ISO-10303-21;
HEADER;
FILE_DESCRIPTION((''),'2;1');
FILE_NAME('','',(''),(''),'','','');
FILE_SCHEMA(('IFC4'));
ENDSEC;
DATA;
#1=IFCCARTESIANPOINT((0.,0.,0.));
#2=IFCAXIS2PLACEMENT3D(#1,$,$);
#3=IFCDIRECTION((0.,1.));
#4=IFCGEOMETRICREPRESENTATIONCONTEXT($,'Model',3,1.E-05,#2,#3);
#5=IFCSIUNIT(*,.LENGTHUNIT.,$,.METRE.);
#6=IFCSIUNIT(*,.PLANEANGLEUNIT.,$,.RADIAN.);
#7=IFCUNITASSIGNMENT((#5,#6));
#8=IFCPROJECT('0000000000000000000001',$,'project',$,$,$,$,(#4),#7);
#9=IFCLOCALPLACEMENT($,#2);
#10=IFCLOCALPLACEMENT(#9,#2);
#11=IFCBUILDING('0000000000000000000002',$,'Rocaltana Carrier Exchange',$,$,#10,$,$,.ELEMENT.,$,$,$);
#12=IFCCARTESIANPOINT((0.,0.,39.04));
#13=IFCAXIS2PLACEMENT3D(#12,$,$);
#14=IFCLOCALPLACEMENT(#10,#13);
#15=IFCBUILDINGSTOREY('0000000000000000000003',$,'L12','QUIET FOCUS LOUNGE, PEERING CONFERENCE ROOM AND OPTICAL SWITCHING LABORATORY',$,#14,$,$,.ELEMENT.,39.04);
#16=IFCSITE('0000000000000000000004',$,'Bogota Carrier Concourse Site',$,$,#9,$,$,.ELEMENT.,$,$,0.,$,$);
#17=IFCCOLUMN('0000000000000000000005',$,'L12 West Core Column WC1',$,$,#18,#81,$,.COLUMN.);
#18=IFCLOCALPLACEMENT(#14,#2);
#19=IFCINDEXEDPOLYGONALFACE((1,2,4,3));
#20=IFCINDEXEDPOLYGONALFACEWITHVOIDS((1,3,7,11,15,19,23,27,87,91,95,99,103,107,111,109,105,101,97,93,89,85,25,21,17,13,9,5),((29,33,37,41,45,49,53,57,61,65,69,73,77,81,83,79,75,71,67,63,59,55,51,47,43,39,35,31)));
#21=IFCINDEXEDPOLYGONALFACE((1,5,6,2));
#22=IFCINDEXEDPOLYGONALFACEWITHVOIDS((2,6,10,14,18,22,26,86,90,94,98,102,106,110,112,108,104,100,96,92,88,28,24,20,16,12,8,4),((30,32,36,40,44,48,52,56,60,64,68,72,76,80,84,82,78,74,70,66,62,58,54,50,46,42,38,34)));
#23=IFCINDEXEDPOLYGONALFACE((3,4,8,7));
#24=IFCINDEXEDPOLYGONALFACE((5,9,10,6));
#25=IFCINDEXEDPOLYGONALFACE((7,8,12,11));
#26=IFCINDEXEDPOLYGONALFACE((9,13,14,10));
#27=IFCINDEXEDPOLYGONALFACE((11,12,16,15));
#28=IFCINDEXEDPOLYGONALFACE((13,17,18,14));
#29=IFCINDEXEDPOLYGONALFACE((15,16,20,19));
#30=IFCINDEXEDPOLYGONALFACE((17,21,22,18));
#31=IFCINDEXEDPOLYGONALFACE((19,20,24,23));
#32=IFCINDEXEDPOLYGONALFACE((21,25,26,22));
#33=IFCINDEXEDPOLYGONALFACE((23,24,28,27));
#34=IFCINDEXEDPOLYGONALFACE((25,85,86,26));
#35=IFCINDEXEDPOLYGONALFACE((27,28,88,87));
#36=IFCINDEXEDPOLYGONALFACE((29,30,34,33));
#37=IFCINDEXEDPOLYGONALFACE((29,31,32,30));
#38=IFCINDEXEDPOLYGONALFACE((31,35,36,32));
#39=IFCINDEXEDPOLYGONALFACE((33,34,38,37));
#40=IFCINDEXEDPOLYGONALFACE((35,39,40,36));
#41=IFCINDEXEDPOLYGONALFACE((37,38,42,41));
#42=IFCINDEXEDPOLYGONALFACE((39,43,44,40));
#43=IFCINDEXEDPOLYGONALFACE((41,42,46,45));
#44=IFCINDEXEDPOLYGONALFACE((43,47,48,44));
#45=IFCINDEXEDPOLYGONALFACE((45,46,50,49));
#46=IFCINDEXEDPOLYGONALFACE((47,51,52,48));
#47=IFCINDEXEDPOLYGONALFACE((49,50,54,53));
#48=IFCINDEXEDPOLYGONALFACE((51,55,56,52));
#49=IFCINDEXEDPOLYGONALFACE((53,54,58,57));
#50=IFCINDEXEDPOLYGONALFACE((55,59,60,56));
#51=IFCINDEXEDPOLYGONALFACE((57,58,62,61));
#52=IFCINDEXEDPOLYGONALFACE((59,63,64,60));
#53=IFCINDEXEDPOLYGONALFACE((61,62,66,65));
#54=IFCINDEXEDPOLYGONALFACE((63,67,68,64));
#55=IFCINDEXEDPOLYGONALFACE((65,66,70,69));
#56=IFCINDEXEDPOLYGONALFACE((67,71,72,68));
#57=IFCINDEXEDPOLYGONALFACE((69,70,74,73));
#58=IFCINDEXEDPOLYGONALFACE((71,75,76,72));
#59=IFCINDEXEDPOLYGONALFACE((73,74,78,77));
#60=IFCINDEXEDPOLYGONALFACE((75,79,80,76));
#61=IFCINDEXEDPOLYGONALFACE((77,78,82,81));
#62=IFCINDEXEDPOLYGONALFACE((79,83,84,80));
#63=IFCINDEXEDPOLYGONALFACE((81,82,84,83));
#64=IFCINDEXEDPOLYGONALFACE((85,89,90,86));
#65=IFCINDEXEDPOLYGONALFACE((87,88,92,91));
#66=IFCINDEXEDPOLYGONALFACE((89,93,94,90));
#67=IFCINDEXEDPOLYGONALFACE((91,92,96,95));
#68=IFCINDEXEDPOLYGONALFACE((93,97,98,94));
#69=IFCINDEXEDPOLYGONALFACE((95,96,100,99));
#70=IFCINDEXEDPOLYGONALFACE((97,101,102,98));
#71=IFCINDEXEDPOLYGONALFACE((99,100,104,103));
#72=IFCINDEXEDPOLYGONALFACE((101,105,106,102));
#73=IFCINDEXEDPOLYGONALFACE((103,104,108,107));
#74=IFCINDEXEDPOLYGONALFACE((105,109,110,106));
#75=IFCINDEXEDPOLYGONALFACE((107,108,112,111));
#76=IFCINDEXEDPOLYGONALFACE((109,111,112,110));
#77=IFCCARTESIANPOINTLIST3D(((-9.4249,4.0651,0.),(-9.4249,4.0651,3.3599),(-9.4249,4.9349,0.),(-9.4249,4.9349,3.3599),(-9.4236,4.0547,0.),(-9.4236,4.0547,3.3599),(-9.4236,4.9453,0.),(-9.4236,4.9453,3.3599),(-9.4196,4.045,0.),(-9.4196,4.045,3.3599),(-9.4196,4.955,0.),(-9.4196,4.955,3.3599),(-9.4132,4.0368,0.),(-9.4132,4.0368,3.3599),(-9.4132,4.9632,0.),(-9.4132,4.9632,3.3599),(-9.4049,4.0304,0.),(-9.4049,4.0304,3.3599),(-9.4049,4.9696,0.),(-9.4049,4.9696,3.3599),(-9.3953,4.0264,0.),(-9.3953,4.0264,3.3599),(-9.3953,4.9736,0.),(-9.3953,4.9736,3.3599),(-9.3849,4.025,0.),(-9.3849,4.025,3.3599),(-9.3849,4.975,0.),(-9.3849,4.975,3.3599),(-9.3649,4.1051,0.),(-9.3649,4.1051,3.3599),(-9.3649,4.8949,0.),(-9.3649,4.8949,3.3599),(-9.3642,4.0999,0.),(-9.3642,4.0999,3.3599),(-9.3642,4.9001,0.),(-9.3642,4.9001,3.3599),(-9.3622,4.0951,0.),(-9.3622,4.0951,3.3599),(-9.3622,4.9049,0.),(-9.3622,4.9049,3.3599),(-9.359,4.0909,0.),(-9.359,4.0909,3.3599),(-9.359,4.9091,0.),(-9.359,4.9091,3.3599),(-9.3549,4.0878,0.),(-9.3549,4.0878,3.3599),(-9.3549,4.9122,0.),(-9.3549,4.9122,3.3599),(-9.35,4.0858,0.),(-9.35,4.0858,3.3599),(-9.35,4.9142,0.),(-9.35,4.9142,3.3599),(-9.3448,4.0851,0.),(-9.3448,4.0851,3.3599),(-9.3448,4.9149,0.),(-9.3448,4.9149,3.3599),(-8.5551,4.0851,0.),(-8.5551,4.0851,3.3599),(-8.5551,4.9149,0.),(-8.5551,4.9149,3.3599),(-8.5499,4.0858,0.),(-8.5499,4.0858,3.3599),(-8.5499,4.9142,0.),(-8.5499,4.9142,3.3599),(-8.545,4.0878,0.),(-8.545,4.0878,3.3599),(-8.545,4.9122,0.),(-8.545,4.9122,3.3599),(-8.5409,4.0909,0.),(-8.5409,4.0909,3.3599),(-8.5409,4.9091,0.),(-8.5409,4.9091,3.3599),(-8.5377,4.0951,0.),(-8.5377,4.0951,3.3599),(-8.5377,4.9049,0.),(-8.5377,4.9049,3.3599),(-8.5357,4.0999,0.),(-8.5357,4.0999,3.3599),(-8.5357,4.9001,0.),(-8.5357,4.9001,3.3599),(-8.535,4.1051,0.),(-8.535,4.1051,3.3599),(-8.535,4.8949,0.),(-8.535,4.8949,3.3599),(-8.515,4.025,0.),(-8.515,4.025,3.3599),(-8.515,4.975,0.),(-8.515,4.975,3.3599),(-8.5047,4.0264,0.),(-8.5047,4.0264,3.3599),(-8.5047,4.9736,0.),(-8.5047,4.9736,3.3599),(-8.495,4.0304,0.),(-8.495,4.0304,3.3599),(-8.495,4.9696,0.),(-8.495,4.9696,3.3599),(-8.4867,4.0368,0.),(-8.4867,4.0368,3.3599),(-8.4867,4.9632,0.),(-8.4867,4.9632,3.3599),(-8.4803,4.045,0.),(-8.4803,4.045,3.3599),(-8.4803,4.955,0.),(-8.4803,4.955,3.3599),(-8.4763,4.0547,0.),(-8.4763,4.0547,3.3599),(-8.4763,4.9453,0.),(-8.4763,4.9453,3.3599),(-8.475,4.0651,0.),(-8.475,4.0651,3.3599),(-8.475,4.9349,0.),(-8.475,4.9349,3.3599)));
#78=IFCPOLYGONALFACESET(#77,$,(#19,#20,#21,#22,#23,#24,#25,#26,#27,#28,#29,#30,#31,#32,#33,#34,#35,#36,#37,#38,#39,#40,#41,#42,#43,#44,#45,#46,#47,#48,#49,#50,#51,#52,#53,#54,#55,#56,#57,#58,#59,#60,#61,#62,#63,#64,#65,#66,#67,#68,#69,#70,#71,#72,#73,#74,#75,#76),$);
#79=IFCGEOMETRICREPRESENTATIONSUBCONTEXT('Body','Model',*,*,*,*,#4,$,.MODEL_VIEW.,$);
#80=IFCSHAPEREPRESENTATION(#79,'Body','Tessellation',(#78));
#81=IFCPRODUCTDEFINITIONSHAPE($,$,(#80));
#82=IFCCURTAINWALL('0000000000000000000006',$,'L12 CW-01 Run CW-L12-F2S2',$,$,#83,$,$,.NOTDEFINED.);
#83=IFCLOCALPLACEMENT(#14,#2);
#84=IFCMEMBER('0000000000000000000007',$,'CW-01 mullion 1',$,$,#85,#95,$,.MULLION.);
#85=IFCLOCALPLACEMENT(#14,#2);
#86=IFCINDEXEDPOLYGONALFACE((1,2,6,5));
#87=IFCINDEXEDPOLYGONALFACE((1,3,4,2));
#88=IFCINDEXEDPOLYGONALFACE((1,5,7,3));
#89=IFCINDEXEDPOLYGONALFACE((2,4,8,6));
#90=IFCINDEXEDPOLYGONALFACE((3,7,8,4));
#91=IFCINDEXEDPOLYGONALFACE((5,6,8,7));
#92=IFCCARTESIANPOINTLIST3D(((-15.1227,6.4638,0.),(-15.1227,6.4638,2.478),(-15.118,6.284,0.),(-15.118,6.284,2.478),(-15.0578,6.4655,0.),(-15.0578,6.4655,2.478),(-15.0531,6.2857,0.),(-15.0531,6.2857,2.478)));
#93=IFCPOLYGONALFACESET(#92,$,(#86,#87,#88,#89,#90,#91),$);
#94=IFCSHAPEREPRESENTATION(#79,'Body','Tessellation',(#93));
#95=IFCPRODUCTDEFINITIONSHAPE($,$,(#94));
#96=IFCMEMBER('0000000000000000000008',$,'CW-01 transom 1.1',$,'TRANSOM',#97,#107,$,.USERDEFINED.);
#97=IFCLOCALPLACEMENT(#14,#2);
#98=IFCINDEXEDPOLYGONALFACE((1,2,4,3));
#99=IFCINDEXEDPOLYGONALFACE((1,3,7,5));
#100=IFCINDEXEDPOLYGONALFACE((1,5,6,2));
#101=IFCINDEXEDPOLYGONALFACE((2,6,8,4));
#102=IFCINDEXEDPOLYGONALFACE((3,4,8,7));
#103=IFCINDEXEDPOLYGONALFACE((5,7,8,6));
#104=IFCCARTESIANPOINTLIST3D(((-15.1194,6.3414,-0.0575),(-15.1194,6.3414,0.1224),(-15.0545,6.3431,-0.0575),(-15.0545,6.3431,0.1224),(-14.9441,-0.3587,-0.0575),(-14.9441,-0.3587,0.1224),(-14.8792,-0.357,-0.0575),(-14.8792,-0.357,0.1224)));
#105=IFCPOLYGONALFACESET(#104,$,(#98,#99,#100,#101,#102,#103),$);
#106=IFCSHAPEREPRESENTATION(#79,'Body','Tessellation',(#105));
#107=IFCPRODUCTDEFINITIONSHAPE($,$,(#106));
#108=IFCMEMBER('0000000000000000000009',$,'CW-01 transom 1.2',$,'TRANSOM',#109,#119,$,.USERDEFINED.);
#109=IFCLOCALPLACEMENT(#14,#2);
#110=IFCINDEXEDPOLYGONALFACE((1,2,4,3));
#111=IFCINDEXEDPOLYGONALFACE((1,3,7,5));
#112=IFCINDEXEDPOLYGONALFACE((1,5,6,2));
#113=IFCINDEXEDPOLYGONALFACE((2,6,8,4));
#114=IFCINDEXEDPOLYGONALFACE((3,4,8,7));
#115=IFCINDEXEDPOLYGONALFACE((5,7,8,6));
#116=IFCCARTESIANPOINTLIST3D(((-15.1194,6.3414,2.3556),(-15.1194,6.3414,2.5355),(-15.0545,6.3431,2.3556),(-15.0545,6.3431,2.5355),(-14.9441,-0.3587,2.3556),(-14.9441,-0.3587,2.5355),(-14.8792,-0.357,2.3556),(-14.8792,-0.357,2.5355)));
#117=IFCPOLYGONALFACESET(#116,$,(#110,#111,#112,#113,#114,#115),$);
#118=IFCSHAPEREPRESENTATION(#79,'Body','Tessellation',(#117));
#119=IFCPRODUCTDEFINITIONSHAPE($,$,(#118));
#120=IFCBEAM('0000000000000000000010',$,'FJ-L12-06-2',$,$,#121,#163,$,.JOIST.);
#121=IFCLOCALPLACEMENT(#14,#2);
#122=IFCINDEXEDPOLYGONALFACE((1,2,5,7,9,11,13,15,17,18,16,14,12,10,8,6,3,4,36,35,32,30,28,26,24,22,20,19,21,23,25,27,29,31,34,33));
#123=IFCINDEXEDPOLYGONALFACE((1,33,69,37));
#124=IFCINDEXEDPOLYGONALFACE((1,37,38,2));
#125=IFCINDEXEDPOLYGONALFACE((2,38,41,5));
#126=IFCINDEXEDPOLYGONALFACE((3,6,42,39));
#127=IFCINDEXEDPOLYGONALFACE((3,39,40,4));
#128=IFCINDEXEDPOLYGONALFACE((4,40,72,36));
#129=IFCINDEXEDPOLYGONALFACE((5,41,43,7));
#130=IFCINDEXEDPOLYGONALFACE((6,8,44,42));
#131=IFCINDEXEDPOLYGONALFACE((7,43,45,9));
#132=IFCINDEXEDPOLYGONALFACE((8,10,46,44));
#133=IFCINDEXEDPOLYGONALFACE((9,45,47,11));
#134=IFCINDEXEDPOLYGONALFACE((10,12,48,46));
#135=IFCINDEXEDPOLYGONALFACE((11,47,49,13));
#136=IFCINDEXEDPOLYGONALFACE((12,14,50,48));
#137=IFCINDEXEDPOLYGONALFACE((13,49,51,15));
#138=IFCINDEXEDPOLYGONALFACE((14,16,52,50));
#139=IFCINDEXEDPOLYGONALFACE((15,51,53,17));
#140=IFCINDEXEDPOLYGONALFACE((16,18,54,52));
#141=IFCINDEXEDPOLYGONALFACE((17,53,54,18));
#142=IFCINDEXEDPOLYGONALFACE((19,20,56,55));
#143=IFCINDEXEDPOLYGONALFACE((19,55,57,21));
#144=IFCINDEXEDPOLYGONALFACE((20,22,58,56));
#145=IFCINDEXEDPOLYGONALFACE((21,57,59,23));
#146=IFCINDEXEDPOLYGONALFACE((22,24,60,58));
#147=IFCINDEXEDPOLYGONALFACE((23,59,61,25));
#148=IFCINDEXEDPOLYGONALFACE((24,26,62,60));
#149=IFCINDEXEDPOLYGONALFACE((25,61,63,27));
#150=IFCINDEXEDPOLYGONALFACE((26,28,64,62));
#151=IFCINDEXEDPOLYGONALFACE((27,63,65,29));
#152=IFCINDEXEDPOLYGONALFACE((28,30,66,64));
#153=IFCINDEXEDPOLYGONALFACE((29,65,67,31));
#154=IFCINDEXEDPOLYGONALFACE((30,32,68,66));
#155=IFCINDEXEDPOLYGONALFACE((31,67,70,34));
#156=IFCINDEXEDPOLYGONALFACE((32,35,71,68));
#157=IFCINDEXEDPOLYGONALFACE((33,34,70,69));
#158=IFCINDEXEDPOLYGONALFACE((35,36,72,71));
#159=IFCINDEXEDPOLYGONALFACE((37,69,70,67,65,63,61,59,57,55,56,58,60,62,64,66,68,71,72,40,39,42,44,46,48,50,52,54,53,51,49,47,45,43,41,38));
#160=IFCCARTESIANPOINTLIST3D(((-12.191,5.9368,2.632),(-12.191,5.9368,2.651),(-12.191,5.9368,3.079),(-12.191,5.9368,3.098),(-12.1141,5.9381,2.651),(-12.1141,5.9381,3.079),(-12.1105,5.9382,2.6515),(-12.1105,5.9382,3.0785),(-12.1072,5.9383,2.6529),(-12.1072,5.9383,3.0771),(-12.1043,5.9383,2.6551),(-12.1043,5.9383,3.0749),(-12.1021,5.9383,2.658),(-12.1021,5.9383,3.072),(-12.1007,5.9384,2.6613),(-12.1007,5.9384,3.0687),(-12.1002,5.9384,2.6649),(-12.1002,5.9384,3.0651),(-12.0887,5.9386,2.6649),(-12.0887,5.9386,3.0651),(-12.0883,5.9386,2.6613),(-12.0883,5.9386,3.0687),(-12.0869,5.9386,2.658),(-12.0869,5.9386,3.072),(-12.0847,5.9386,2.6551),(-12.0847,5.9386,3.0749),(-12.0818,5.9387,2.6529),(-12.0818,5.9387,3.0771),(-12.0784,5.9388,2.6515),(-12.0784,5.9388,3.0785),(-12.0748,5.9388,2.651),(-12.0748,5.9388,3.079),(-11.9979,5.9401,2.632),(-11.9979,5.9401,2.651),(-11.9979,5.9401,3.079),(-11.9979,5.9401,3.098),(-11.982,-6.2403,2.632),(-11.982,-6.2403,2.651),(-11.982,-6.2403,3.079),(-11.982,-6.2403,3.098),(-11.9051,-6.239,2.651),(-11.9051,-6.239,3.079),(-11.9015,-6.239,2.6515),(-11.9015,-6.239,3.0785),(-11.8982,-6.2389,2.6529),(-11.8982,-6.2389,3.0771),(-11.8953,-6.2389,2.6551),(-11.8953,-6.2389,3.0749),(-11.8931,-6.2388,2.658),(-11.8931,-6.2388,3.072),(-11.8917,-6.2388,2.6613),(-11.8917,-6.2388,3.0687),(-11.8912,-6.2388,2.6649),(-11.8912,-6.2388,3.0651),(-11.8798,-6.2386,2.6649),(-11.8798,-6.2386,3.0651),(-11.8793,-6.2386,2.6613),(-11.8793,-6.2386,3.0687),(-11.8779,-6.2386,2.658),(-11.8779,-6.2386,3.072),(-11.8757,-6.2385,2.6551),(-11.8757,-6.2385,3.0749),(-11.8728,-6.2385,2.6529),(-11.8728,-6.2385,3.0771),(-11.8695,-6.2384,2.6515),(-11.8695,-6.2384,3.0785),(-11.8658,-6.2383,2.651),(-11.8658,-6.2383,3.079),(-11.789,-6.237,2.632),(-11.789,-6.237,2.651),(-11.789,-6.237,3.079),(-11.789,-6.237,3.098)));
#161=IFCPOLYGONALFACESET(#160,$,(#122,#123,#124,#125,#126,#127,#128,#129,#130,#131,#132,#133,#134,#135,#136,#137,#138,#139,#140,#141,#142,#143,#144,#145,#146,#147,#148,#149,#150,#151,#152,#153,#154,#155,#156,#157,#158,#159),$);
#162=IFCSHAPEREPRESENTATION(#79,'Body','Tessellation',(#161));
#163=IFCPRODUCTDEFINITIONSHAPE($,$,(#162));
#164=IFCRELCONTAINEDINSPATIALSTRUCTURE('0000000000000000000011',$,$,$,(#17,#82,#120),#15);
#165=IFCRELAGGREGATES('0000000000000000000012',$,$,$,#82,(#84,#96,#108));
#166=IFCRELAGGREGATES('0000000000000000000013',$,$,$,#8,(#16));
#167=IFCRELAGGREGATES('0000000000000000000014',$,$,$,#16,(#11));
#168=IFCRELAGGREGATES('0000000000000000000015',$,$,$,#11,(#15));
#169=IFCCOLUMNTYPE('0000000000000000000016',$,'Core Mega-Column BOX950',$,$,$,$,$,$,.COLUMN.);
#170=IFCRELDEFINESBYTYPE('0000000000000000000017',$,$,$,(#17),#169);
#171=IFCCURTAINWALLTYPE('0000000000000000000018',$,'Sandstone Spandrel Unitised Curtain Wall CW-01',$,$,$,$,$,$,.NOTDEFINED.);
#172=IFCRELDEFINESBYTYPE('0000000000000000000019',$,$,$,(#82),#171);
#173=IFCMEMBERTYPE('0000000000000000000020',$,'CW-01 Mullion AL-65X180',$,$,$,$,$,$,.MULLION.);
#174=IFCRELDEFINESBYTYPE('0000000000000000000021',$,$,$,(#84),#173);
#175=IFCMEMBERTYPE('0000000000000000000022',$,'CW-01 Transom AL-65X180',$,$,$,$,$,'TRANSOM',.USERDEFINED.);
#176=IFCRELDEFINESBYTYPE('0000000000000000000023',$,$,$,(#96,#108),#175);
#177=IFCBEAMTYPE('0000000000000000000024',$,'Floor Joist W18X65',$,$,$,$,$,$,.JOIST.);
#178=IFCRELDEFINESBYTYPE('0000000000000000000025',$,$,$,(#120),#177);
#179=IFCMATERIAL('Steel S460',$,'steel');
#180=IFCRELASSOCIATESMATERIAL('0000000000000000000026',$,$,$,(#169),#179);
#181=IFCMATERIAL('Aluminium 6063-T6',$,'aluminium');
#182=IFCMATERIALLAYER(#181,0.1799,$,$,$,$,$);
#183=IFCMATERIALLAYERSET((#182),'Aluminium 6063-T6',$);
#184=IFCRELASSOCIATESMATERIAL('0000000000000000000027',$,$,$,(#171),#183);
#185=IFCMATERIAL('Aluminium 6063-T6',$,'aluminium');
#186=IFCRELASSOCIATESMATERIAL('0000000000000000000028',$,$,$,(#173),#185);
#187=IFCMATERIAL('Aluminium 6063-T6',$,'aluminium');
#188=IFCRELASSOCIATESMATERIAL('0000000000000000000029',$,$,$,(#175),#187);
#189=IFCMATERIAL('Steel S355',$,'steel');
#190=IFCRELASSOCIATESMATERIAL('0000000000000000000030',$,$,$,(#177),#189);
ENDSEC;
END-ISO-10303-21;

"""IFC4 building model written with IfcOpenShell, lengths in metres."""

from ifc_helpers import new_model, si_unit, direction, frame, origin, origin_2d, place, context, subcontext, project, spatial, rectangle, hollow_rectangle, i_section, extrude, material, layer, layer_set, material_profile, profile_set, type_object, element, aggregate, save


model = new_model("IFC4")

# Units and contexts
model_context = context("Model", 3, precision=1e-05, world=origin(), true_north=direction((0.0, 1.0)))
body_context = subcontext(model_context, "Body", "Model", "MODEL_VIEW")
ifc_project = project(units=[si_unit("LENGTHUNIT", "METRE"), si_unit("PLANEANGLEUNIT", "RADIAN")], contexts=[model_context])

# Site, building, storey
site_placement = place(None, origin())
site = spatial("IfcSite", under=ifc_project, at=site_placement, Name="Bogota Carrier Concourse Site", CompositionType="ELEMENT", RefElevation=0.0)
building_placement = place(site_placement, origin())
building = spatial("IfcBuilding", under=site, at=building_placement, Name="Rocaltana Carrier Exchange", CompositionType="ELEMENT")
storey_placement = place(building_placement, frame((0.0, 0.0, 39.04)))
storey = spatial("IfcBuildingStorey", under=building, at=storey_placement, Name="L12", Description="QUIET FOCUS LOUNGE, PEERING CONFERENCE ROOM AND OPTICAL SWITCHING LABORATORY", CompositionType="ELEMENT", Elevation=39.04)

# Column
ifc_material_1 = material(Name="Steel S460", Category="steel")
ifc_material_profile_1 = material_profile(ifc_material_1, hollow_rectangle(XDim=0.95, YDim=0.95, WallThickness=0.0601, InnerFilletRadius=0.02, OuterFilletRadius=0.04, at=origin_2d()), Name="BOX950X950X60")
ifc_profile_set_1 = profile_set([ifc_material_profile_1], Name="Steel S460")
column_type = type_object("IfcColumnType", Name="Core Mega-Column BOX950", PredefinedType="COLUMN", material=ifc_profile_set_1)
column_placement = place(storey_placement, frame((-8.95, 4.5, 0.0), z_axis=(0.0, 0.0, 1.0), x_axis=(1.0, 0.0, 0.0)))
element("IfcColumn", 1, at=column_placement, inside=storey, type_object=column_type, Name="L12 West Core Column WC1", PredefinedType="COLUMN", context=body_context, shape_type="SweptSolid", body=[
    extrude(hollow_rectangle(XDim=0.95, YDim=0.95, WallThickness=0.0601, InnerFilletRadius=0.02, OuterFilletRadius=0.04, at=origin_2d()), origin(), (0.0, 0.0, 1.0), 3.3599),
])

# Curtain wall, members
ifc_material_2 = material(Name="Aluminium 6063-T6", Category="aluminium")
ifc_layer_1 = layer(ifc_material_2, 0.1799)
ifc_layer_set_1 = layer_set([ifc_layer_1], Name="Aluminium 6063-T6")
curtain_wall_type = type_object("IfcCurtainWallType", Name="Sandstone Spandrel Unitised Curtain Wall CW-01", PredefinedType="NOTDEFINED", material=ifc_layer_set_1)
curtain_wall_placement = place(storey_placement, origin())
curtain_wall = element("IfcCurtainWall", 2, at=curtain_wall_placement, inside=storey, type_object=curtain_wall_type, Name="L12 CW-01 Run CW-L12-F2S2", PredefinedType="NOTDEFINED")
ifc_material_3 = material(Name="Aluminium 6063-T6", Category="aluminium")
ifc_material_profile_2 = material_profile(ifc_material_3, rectangle(XDim=0.0649, YDim=0.1799, at=origin_2d()), Name="AL-65X180")
ifc_profile_set_2 = profile_set([ifc_material_profile_2], Name="Aluminium 6063-T6")
member_type_1 = type_object("IfcMemberType", Name="CW-01 Mullion AL-65X180", PredefinedType="MULLION", material=ifc_profile_set_2)
member_1_placement = place(storey_placement, frame((-15.0879, 6.3748, 0.0), z_axis=(0.0, 0.0, 1.0), x_axis=(0.999657, 0.026177, 0.0)))
member_1 = element("IfcMember", 3, at=member_1_placement, type_object=member_type_1, Name="CW-01 mullion 1", PredefinedType="MULLION", context=body_context, shape_type="SweptSolid", body=[
    extrude(rectangle(XDim=0.0649, YDim=0.1799, at=origin_2d()), origin(), (0.0, 0.0, 1.0), 2.478),
])
ifc_material_4 = material(Name="Aluminium 6063-T6", Category="aluminium")
ifc_material_profile_3 = material_profile(ifc_material_4, rectangle(XDim=0.0649, YDim=0.1799, at=origin_2d()), Name="AL-65X180")
ifc_profile_set_3 = profile_set([ifc_material_profile_3], Name="Aluminium 6063-T6")
member_type_2 = type_object("IfcMemberType", Name="CW-01 Transom AL-65X180", ElementType="TRANSOM", PredefinedType="USERDEFINED", material=ifc_profile_set_3)
member_2_placement = place(storey_placement, frame((-15.0869, 6.3423, 0.0325), z_axis=(0.026153, -0.999658, 0.0), x_axis=(0.999658, 0.026153, 0.0)))
member_2 = element("IfcMember", 4, at=member_2_placement, type_object=member_type_2, Name="CW-01 transom 1.1", ObjectType="TRANSOM", PredefinedType="USERDEFINED", context=body_context, shape_type="SweptSolid", body=[
    extrude(rectangle(XDim=0.0649, YDim=0.1799, at=origin_2d()), origin(), (0.0, 0.0, 1.0), 6.7024),
])
member_3_placement = place(storey_placement, frame((-15.0869, 6.3423, 2.4456), z_axis=(0.026153, -0.999658, 0.0), x_axis=(0.999658, 0.026153, 0.0)))
member_3 = element("IfcMember", 5, at=member_3_placement, type_object=member_type_2, Name="CW-01 transom 1.2", ObjectType="TRANSOM", PredefinedType="USERDEFINED", context=body_context, shape_type="SweptSolid", body=[
    extrude(rectangle(XDim=0.0649, YDim=0.1799, at=origin_2d()), origin(), (0.0, 0.0, 1.0), 6.7024),
])

# Beam
ifc_material_5 = material(Name="Steel S355", Category="steel")
ifc_material_profile_4 = material_profile(ifc_material_5, i_section(OverallWidth=0.1931, OverallDepth=0.4661, WebThickness=0.0115, FlangeThickness=0.019, FilletRadius=0.0139, at=origin_2d()), Name="W18X65")
ifc_profile_set_4 = profile_set([ifc_material_profile_4], Name="Steel S355")
beam_type_1 = type_object("IfcBeamType", Name="Floor Joist W18X65", PredefinedType="JOIST", material=ifc_profile_set_4)
beam_1_placement = place(storey_placement, frame((-12.0945, 5.9385, 2.865), z_axis=(0.017159, -0.999853, 0.0), x_axis=(0.999853, 0.017159, 0.0)))
element("IfcBeam", 6, at=beam_1_placement, inside=storey, type_object=beam_type_1, Name="FJ-L12-06-2", PredefinedType="JOIST", context=body_context, shape_type="SweptSolid", body=[
    extrude(i_section(OverallWidth=0.1931, OverallDepth=0.4661, WebThickness=0.0115, FlangeThickness=0.019, FilletRadius=0.0139, at=origin_2d()), origin(), (0.0, 0.0, 1.0), 12.179),
])

aggregate(curtain_wall, [member_1, member_2, member_3])

save(model, "model.ifc")
